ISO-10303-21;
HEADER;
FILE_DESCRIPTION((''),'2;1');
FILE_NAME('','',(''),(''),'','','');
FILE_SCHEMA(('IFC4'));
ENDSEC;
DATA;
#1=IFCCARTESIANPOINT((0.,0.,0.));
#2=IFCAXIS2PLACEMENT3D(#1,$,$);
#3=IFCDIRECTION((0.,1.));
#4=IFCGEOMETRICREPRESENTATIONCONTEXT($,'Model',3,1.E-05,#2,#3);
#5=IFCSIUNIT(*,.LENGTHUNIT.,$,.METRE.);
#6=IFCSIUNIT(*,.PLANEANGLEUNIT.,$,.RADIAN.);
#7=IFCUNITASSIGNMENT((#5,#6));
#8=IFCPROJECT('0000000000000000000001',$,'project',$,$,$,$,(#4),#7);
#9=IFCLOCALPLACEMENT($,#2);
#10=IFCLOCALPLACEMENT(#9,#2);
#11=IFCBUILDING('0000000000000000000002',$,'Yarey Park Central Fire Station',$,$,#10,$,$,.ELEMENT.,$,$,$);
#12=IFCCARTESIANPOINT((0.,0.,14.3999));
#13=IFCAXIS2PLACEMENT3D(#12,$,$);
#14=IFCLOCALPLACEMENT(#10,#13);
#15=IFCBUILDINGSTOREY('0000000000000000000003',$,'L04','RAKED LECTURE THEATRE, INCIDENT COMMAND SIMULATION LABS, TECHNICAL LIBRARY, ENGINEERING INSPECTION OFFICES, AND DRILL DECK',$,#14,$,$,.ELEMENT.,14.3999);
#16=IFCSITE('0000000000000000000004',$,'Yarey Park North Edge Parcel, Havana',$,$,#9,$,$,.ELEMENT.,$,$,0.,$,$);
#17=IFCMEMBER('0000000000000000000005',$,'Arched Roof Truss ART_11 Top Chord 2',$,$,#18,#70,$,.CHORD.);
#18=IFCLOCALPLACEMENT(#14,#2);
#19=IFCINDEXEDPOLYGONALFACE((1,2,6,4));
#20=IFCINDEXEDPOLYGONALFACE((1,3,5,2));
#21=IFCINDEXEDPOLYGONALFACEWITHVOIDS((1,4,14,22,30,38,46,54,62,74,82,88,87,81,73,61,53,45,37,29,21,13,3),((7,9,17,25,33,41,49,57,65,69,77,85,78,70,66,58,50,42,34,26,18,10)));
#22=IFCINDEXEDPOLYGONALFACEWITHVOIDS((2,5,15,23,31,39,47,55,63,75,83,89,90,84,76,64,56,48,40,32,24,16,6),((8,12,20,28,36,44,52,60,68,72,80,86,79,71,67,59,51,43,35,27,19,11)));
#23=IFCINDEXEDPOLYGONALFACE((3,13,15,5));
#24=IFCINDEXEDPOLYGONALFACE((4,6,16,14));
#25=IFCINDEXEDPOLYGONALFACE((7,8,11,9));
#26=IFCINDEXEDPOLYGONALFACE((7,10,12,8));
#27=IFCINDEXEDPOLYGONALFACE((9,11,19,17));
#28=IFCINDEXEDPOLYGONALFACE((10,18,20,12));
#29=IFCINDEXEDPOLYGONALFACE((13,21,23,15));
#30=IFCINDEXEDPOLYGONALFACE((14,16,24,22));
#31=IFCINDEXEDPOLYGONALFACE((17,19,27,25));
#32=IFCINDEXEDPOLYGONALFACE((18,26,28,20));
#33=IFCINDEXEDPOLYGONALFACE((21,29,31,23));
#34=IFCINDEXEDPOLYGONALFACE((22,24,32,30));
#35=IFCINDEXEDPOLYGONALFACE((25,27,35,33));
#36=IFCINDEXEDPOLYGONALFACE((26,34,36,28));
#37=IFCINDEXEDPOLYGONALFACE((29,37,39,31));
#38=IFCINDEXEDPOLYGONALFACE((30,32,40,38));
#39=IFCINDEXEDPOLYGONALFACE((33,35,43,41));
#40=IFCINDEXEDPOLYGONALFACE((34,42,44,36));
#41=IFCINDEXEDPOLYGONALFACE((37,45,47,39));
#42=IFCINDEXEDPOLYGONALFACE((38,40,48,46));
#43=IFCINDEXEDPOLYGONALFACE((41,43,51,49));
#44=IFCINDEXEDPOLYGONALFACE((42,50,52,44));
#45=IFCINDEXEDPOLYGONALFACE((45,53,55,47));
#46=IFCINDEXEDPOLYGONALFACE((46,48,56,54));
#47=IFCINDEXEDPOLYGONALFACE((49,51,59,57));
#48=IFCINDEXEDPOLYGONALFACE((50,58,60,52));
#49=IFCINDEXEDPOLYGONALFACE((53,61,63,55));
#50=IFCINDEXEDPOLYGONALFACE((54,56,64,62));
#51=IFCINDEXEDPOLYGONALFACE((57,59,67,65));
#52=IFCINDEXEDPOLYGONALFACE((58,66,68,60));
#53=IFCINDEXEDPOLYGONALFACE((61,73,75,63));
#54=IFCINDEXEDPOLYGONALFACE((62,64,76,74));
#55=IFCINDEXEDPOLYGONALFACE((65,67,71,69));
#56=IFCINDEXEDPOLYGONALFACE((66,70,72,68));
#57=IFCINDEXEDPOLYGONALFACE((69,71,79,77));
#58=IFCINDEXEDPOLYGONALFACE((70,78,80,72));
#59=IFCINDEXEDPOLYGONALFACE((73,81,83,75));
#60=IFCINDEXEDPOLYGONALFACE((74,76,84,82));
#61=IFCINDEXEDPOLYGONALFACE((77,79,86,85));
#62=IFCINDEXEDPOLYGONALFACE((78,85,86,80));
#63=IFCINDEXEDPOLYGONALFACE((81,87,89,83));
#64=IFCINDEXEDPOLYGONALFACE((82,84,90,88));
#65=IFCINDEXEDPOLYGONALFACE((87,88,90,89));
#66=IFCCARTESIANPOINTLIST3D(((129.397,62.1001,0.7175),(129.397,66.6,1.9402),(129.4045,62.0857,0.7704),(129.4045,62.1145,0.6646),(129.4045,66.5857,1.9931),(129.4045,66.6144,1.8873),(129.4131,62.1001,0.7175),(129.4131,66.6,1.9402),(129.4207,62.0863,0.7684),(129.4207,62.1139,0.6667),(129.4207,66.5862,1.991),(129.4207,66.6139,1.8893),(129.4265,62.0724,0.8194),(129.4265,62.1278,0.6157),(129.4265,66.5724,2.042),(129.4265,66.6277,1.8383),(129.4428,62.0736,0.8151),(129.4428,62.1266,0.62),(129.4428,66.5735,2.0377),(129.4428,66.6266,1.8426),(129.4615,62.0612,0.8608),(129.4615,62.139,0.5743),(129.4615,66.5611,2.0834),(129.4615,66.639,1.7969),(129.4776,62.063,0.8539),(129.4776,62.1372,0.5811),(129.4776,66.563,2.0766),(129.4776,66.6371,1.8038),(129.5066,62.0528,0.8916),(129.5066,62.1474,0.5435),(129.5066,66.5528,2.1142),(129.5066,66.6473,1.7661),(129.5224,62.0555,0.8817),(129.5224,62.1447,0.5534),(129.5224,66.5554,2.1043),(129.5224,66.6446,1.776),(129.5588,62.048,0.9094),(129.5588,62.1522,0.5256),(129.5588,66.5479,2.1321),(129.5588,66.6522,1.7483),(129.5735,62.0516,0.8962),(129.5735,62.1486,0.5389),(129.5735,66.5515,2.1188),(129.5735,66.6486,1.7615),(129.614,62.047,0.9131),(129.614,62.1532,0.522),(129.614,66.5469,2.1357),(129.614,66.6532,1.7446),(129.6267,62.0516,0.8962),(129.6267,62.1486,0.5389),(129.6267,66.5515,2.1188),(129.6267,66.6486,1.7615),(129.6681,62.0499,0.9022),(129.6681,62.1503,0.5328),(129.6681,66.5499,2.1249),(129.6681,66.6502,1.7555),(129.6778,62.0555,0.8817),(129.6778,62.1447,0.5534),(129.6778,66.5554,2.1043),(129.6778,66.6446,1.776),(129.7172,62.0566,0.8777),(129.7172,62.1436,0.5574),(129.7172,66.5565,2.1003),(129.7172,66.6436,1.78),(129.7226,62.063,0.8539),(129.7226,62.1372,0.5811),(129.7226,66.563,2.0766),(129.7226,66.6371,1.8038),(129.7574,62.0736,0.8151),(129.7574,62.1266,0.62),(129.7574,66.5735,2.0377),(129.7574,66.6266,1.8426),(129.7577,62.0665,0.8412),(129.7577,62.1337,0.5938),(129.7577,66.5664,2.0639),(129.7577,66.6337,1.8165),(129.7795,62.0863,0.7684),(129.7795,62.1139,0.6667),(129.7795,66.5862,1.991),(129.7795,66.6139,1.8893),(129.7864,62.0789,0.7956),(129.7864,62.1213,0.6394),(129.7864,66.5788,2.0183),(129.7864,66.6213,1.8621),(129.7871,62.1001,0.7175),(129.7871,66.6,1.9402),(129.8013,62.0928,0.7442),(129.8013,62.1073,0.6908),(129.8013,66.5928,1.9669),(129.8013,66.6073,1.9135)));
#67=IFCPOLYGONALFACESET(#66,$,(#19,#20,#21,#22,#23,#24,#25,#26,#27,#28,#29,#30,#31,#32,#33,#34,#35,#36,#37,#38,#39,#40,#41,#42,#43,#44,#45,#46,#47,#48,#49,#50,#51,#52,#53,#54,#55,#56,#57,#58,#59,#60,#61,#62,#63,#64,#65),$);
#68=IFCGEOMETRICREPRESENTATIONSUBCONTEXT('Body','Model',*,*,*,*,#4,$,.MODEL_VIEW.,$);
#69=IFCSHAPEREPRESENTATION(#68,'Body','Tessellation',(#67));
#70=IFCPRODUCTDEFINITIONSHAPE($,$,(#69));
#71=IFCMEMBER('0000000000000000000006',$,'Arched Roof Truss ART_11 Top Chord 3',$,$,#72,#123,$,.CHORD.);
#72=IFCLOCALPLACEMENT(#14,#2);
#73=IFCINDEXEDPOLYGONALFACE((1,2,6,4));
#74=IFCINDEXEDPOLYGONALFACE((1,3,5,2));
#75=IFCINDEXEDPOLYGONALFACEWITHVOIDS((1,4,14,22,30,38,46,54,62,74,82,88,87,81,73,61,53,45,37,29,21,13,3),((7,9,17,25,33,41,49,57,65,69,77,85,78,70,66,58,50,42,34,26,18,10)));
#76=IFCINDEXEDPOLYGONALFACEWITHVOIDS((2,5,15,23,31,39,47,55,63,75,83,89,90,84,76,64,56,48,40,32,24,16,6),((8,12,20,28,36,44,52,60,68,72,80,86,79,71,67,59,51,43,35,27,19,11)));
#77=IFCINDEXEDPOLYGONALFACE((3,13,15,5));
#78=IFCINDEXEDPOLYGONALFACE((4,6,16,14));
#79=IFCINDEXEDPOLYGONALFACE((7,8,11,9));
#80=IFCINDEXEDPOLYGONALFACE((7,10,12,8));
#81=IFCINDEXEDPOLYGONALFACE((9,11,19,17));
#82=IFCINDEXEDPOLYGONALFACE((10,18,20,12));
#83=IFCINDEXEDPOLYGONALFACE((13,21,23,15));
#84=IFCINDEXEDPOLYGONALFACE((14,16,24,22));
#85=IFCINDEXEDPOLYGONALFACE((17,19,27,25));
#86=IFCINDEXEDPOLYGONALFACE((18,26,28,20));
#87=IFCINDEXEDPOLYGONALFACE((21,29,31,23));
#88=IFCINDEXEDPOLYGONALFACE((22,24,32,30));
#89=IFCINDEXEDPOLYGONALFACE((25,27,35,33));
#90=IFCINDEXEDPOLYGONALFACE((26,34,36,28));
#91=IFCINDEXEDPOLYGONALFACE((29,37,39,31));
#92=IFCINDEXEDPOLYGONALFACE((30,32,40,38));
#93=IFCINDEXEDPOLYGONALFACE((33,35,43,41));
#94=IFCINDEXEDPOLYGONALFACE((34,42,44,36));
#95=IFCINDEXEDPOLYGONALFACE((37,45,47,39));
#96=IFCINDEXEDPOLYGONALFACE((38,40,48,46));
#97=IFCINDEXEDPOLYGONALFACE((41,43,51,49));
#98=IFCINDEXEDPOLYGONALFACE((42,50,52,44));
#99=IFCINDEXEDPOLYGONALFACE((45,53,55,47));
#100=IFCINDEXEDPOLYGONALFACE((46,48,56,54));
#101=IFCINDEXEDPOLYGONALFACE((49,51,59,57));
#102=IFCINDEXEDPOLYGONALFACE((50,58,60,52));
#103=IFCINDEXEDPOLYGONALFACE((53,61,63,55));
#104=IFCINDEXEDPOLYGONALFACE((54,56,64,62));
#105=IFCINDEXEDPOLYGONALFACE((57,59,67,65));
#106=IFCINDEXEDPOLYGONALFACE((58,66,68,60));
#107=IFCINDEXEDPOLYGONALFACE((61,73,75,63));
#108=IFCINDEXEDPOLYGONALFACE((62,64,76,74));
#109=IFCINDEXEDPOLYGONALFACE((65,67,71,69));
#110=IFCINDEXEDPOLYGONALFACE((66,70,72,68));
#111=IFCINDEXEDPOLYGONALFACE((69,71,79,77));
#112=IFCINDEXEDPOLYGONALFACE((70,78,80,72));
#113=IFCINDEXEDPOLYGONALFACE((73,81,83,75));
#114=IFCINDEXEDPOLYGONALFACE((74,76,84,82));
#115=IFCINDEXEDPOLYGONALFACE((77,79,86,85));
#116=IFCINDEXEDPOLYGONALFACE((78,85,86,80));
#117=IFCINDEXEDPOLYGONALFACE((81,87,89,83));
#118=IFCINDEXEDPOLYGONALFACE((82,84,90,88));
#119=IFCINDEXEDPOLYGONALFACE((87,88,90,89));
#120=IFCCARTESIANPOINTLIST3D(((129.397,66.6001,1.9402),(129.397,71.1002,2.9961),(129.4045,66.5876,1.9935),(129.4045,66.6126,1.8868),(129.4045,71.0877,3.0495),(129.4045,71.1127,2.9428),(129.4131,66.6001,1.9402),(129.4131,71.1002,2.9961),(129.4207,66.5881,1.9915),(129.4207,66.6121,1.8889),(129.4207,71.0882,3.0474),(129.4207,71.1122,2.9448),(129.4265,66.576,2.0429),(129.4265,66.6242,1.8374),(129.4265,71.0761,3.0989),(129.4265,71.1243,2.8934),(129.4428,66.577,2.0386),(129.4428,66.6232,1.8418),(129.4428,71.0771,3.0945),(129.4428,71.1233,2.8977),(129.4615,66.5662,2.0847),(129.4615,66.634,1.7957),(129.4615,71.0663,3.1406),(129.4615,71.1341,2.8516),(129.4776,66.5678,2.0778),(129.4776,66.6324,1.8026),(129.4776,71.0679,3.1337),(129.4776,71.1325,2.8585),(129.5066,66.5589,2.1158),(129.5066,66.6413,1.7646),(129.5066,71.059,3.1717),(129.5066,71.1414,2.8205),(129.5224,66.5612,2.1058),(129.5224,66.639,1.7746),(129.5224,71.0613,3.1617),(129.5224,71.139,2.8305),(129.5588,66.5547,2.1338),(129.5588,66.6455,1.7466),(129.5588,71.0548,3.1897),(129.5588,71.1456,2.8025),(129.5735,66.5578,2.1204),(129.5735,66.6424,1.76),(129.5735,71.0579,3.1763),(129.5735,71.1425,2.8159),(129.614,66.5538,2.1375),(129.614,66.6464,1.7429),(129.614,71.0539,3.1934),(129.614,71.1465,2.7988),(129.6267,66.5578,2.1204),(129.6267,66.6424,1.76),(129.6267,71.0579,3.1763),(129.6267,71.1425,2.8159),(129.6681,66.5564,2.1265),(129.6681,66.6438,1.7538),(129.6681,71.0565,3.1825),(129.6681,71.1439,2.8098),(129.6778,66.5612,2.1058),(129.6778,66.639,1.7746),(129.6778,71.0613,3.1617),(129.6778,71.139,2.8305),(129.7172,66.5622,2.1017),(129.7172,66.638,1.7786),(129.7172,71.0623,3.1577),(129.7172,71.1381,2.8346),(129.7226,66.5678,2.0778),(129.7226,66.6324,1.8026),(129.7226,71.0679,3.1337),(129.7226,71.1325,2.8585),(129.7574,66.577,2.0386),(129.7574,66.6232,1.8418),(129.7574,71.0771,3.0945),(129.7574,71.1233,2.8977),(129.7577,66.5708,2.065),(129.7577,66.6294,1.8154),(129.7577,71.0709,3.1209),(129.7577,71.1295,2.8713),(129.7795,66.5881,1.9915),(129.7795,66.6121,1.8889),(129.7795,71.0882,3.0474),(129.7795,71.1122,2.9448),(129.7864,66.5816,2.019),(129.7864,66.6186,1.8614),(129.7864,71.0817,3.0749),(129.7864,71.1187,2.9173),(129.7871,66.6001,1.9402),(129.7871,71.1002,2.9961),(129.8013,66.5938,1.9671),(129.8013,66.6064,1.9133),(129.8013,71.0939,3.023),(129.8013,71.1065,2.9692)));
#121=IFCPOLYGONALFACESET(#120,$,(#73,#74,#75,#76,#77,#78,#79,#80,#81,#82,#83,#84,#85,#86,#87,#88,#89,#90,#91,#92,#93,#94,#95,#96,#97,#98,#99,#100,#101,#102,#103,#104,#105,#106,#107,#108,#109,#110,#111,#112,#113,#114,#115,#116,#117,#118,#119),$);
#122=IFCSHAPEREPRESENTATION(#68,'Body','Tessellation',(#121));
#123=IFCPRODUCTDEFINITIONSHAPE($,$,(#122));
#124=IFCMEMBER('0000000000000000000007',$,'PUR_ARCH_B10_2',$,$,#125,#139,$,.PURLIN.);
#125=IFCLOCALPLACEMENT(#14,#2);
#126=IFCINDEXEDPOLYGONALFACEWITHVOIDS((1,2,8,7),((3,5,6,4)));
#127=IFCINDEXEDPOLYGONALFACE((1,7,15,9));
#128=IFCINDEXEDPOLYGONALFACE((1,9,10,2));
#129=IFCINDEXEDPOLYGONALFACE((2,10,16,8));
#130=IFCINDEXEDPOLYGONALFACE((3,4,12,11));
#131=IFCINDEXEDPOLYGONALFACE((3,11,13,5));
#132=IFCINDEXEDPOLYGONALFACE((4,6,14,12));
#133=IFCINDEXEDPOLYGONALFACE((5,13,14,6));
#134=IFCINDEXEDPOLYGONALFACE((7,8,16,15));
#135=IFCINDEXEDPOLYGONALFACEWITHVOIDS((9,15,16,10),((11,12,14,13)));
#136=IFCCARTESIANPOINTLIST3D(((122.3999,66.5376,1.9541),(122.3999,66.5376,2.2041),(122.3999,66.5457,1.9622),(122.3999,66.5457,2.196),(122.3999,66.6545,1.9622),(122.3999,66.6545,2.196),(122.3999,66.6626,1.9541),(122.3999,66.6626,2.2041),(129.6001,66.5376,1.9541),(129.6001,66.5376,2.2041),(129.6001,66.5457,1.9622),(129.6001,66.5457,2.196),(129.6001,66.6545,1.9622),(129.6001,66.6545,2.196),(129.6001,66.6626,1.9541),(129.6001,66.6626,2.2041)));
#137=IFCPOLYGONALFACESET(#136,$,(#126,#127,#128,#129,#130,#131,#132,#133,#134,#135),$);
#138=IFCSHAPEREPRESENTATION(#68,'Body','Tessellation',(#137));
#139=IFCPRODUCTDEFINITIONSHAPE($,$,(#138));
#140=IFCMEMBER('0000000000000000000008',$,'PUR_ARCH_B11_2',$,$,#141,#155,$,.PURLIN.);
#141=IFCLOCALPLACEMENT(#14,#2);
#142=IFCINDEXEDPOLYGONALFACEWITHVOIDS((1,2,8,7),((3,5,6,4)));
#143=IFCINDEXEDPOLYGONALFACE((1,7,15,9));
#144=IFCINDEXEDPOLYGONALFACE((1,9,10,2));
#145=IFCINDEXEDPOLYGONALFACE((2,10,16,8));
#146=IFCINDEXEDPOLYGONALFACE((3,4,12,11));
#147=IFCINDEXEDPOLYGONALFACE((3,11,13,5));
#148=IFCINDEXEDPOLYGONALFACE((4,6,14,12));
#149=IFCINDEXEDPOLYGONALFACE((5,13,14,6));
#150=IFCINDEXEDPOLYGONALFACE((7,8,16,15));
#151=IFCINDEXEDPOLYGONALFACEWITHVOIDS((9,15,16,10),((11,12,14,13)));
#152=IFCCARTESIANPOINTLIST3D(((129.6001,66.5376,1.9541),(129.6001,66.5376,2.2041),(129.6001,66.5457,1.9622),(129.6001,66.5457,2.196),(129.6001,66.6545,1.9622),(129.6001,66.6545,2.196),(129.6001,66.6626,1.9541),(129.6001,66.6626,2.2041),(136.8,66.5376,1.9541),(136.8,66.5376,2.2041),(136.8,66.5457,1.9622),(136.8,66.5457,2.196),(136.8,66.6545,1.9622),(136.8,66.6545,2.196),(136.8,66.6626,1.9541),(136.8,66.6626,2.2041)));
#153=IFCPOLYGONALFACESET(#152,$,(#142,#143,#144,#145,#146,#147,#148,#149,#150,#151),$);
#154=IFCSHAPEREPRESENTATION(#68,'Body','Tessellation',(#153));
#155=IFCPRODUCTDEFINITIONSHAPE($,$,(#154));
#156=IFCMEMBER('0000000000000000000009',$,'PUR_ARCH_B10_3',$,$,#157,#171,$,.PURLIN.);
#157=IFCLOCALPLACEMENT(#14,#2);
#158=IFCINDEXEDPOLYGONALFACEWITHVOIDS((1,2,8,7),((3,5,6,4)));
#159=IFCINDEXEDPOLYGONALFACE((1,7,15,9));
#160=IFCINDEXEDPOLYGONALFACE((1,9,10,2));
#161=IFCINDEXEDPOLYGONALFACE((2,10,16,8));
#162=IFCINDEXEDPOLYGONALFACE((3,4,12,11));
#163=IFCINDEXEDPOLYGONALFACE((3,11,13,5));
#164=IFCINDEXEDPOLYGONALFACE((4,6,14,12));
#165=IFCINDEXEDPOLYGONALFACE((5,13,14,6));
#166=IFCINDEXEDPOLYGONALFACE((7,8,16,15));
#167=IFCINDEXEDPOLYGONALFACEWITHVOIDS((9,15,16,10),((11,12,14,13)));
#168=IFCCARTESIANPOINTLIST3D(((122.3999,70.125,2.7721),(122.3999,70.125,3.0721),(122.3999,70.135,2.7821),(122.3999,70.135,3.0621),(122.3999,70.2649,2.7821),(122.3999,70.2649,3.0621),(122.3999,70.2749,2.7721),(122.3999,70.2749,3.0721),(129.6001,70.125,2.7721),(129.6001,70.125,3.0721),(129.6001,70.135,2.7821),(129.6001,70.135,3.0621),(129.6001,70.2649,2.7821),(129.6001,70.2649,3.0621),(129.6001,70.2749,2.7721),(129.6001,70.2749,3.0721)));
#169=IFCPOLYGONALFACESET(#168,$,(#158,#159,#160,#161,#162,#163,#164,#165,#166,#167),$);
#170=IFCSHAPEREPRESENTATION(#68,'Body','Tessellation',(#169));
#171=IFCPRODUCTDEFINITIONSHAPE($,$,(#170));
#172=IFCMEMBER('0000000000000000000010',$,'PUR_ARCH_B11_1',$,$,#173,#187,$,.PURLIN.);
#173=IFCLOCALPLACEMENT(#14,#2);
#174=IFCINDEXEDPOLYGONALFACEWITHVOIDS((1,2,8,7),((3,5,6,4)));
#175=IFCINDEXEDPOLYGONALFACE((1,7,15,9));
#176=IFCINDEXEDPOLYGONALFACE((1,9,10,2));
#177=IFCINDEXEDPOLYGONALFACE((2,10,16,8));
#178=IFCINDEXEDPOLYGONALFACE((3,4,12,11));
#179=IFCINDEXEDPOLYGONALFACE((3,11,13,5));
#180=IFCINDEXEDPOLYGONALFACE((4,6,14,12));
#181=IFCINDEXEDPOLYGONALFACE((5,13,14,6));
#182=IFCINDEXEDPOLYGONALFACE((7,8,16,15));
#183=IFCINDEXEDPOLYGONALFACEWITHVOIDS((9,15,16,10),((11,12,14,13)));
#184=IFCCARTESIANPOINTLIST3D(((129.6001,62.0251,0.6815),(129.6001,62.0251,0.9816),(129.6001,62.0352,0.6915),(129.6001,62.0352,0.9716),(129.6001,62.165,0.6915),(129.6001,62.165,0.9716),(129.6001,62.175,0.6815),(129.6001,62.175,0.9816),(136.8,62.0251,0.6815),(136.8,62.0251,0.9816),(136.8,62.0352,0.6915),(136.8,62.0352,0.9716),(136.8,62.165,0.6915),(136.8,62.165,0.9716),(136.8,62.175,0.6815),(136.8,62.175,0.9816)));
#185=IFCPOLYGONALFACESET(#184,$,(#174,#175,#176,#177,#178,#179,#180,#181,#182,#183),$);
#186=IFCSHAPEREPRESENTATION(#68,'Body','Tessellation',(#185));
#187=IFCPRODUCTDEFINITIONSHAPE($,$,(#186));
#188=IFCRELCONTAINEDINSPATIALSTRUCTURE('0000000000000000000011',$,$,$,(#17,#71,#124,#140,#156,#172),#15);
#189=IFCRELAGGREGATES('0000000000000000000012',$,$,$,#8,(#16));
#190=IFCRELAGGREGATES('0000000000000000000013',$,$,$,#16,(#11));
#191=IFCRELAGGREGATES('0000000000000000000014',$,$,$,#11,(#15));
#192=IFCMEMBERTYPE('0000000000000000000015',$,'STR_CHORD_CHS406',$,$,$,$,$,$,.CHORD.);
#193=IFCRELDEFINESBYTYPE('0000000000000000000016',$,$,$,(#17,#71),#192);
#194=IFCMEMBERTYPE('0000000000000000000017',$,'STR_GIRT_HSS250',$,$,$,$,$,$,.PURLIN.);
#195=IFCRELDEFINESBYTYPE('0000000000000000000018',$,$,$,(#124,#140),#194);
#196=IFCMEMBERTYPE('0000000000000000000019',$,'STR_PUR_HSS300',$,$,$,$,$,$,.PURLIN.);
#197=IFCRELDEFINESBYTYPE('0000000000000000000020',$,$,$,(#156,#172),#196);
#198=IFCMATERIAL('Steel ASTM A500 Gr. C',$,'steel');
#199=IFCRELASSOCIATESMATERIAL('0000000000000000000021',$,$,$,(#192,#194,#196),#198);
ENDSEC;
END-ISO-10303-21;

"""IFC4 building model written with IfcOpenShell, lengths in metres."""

from ifc_helpers import new_model, si_unit, direction, frame, origin, origin_2d, place, context, subcontext, project, spatial, hollow_rectangle, hollow_circle, extrude, material, material_profile, profile_set, type_object, element, save


model = new_model("IFC4")

# Units and contexts
model_context = context("Model", 3, precision=1e-05, world=origin(), true_north=direction((0.0, 1.0)))
body_context = subcontext(model_context, "Body", "Model", "MODEL_VIEW")
ifc_project = project(units=[si_unit("LENGTHUNIT", "METRE"), si_unit("PLANEANGLEUNIT", "RADIAN")], contexts=[model_context])

# Site, building, storey
site_placement = place(None, origin())
site = spatial("IfcSite", under=ifc_project, at=site_placement, Name="Yarey Park North Edge Parcel, Havana", CompositionType="ELEMENT", RefElevation=0.0)
building_placement = place(site_placement, origin())
building = spatial("IfcBuilding", under=site, at=building_placement, Name="Yarey Park Central Fire Station", CompositionType="ELEMENT")
storey_placement = place(building_placement, frame((0.0, 0.0, 14.3999)))
storey = spatial("IfcBuildingStorey", under=building, at=storey_placement, Name="L04", Description="RAKED LECTURE THEATRE, INCIDENT COMMAND SIMULATION LABS, TECHNICAL LIBRARY, ENGINEERING INSPECTION OFFICES, AND DRILL DECK", CompositionType="ELEMENT", Elevation=14.3999)

# Members
ifc_material_1 = material(Name="Steel ASTM A500 Gr. C", Category="steel")
ifc_material_profile_1 = material_profile(ifc_material_1, hollow_circle(Radius=0.2031, WallThickness=0.0161, at=origin_2d()), Name="CHS 406.4x16")
ifc_profile_set_1 = profile_set([ifc_material_profile_1], Name="Steel ASTM A500 Gr. C")
member_type_1 = type_object("IfcMemberType", Name="STR_CHORD_CHS406", PredefinedType="CHORD", material=ifc_profile_set_1)
member_1_placement = place(storey_placement, frame((129.6001, 62.1001, 0.7175), z_axis=(0.0, 0.965015, 0.262196), x_axis=(-1.0, 0.0, 0.0)))
element("IfcMember", 1, at=member_1_placement, inside=storey, type_object=member_type_1, Name="Arched Roof Truss ART_11 Top Chord 2", PredefinedType="CHORD", context=body_context, shape_type="SweptSolid", body=[
    extrude(hollow_circle(Radius=0.2031, WallThickness=0.0161, at=origin_2d()), origin(), (0.0, 0.0, 1.0), 4.6631),
])
member_2_placement = place(storey_placement, frame((129.6001, 66.6001, 1.9402), z_axis=(0.0, 0.973558, 0.228442), x_axis=(-1.0, 0.0, 0.0)))
element("IfcMember", 2, at=member_2_placement, inside=storey, type_object=member_type_1, Name="Arched Roof Truss ART_11 Top Chord 3", PredefinedType="CHORD", context=body_context, shape_type="SweptSolid", body=[
    extrude(hollow_circle(Radius=0.2031, WallThickness=0.0161, at=origin_2d()), origin(), (0.0, 0.0, 1.0), 4.6223),
])
ifc_material_profile_2 = material_profile(ifc_material_1, hollow_rectangle(XDim=0.125, YDim=0.25, WallThickness=0.0081, at=origin_2d()), Name="HSS 250x125x8")
ifc_profile_set_2 = profile_set([ifc_material_profile_2], Name="Steel ASTM A500 Gr. C")
member_type_2 = type_object("IfcMemberType", Name="STR_GIRT_HSS250", PredefinedType="PURLIN", material=ifc_profile_set_2)
member_3_placement = place(storey_placement, frame((122.3999, 66.6001, 2.0791), z_axis=(1.0, 0.0, 0.0), x_axis=(0.0, 1.0, 0.0)))
element("IfcMember", 3, at=member_3_placement, inside=storey, type_object=member_type_2, Name="PUR_ARCH_B10_2", PredefinedType="PURLIN", context=body_context, shape_type="SweptSolid", body=[
    extrude(hollow_rectangle(XDim=0.125, YDim=0.25, WallThickness=0.0081, at=origin_2d()), origin(), (0.0, 0.0, 1.0), 7.2002),
])
member_4_placement = place(storey_placement, frame((129.6001, 66.6001, 2.0791), z_axis=(1.0, 0.0, 0.0), x_axis=(0.0, 1.0, 0.0)))
element("IfcMember", 4, at=member_4_placement, inside=storey, type_object=member_type_2, Name="PUR_ARCH_B11_2", PredefinedType="PURLIN", context=body_context, shape_type="SweptSolid", body=[
    extrude(hollow_rectangle(XDim=0.125, YDim=0.25, WallThickness=0.0081, at=origin_2d()), origin(), (0.0, 0.0, 1.0), 7.2),
])
ifc_material_profile_3 = material_profile(ifc_material_1, hollow_rectangle(XDim=0.1499, YDim=0.3, WallThickness=0.01, at=origin_2d()), Name="HSS 300x150x10")
ifc_profile_set_3 = profile_set([ifc_material_profile_3], Name="Steel ASTM A500 Gr. C")
member_type_3 = type_object("IfcMemberType", Name="STR_PUR_HSS300", PredefinedType="PURLIN", material=ifc_profile_set_3)
member_5_placement = place(storey_placement, frame((122.3999, 70.2, 2.9221), z_axis=(1.0, 0.0, 0.0), x_axis=(0.0, 1.0, 0.0)))
element("IfcMember", 5, at=member_5_placement, inside=storey, type_object=member_type_3, Name="PUR_ARCH_B10_3", PredefinedType="PURLIN", context=body_context, shape_type="SweptSolid", body=[
    extrude(hollow_rectangle(XDim=0.1499, YDim=0.3, WallThickness=0.01, at=origin_2d()), origin(), (0.0, 0.0, 1.0), 7.2002),
])
member_6_placement = place(storey_placement, frame((129.6001, 62.1001, 0.8315), z_axis=(1.0, 0.0, 0.0), x_axis=(0.0, 1.0, 0.0)))
element("IfcMember", 6, at=member_6_placement, inside=storey, type_object=member_type_3, Name="PUR_ARCH_B11_1", PredefinedType="PURLIN", context=body_context, shape_type="SweptSolid", body=[
    extrude(hollow_rectangle(XDim=0.1499, YDim=0.3, WallThickness=0.01, at=origin_2d()), origin(), (0.0, 0.0, 1.0), 7.2),
])

save(model, "model.ifc")
